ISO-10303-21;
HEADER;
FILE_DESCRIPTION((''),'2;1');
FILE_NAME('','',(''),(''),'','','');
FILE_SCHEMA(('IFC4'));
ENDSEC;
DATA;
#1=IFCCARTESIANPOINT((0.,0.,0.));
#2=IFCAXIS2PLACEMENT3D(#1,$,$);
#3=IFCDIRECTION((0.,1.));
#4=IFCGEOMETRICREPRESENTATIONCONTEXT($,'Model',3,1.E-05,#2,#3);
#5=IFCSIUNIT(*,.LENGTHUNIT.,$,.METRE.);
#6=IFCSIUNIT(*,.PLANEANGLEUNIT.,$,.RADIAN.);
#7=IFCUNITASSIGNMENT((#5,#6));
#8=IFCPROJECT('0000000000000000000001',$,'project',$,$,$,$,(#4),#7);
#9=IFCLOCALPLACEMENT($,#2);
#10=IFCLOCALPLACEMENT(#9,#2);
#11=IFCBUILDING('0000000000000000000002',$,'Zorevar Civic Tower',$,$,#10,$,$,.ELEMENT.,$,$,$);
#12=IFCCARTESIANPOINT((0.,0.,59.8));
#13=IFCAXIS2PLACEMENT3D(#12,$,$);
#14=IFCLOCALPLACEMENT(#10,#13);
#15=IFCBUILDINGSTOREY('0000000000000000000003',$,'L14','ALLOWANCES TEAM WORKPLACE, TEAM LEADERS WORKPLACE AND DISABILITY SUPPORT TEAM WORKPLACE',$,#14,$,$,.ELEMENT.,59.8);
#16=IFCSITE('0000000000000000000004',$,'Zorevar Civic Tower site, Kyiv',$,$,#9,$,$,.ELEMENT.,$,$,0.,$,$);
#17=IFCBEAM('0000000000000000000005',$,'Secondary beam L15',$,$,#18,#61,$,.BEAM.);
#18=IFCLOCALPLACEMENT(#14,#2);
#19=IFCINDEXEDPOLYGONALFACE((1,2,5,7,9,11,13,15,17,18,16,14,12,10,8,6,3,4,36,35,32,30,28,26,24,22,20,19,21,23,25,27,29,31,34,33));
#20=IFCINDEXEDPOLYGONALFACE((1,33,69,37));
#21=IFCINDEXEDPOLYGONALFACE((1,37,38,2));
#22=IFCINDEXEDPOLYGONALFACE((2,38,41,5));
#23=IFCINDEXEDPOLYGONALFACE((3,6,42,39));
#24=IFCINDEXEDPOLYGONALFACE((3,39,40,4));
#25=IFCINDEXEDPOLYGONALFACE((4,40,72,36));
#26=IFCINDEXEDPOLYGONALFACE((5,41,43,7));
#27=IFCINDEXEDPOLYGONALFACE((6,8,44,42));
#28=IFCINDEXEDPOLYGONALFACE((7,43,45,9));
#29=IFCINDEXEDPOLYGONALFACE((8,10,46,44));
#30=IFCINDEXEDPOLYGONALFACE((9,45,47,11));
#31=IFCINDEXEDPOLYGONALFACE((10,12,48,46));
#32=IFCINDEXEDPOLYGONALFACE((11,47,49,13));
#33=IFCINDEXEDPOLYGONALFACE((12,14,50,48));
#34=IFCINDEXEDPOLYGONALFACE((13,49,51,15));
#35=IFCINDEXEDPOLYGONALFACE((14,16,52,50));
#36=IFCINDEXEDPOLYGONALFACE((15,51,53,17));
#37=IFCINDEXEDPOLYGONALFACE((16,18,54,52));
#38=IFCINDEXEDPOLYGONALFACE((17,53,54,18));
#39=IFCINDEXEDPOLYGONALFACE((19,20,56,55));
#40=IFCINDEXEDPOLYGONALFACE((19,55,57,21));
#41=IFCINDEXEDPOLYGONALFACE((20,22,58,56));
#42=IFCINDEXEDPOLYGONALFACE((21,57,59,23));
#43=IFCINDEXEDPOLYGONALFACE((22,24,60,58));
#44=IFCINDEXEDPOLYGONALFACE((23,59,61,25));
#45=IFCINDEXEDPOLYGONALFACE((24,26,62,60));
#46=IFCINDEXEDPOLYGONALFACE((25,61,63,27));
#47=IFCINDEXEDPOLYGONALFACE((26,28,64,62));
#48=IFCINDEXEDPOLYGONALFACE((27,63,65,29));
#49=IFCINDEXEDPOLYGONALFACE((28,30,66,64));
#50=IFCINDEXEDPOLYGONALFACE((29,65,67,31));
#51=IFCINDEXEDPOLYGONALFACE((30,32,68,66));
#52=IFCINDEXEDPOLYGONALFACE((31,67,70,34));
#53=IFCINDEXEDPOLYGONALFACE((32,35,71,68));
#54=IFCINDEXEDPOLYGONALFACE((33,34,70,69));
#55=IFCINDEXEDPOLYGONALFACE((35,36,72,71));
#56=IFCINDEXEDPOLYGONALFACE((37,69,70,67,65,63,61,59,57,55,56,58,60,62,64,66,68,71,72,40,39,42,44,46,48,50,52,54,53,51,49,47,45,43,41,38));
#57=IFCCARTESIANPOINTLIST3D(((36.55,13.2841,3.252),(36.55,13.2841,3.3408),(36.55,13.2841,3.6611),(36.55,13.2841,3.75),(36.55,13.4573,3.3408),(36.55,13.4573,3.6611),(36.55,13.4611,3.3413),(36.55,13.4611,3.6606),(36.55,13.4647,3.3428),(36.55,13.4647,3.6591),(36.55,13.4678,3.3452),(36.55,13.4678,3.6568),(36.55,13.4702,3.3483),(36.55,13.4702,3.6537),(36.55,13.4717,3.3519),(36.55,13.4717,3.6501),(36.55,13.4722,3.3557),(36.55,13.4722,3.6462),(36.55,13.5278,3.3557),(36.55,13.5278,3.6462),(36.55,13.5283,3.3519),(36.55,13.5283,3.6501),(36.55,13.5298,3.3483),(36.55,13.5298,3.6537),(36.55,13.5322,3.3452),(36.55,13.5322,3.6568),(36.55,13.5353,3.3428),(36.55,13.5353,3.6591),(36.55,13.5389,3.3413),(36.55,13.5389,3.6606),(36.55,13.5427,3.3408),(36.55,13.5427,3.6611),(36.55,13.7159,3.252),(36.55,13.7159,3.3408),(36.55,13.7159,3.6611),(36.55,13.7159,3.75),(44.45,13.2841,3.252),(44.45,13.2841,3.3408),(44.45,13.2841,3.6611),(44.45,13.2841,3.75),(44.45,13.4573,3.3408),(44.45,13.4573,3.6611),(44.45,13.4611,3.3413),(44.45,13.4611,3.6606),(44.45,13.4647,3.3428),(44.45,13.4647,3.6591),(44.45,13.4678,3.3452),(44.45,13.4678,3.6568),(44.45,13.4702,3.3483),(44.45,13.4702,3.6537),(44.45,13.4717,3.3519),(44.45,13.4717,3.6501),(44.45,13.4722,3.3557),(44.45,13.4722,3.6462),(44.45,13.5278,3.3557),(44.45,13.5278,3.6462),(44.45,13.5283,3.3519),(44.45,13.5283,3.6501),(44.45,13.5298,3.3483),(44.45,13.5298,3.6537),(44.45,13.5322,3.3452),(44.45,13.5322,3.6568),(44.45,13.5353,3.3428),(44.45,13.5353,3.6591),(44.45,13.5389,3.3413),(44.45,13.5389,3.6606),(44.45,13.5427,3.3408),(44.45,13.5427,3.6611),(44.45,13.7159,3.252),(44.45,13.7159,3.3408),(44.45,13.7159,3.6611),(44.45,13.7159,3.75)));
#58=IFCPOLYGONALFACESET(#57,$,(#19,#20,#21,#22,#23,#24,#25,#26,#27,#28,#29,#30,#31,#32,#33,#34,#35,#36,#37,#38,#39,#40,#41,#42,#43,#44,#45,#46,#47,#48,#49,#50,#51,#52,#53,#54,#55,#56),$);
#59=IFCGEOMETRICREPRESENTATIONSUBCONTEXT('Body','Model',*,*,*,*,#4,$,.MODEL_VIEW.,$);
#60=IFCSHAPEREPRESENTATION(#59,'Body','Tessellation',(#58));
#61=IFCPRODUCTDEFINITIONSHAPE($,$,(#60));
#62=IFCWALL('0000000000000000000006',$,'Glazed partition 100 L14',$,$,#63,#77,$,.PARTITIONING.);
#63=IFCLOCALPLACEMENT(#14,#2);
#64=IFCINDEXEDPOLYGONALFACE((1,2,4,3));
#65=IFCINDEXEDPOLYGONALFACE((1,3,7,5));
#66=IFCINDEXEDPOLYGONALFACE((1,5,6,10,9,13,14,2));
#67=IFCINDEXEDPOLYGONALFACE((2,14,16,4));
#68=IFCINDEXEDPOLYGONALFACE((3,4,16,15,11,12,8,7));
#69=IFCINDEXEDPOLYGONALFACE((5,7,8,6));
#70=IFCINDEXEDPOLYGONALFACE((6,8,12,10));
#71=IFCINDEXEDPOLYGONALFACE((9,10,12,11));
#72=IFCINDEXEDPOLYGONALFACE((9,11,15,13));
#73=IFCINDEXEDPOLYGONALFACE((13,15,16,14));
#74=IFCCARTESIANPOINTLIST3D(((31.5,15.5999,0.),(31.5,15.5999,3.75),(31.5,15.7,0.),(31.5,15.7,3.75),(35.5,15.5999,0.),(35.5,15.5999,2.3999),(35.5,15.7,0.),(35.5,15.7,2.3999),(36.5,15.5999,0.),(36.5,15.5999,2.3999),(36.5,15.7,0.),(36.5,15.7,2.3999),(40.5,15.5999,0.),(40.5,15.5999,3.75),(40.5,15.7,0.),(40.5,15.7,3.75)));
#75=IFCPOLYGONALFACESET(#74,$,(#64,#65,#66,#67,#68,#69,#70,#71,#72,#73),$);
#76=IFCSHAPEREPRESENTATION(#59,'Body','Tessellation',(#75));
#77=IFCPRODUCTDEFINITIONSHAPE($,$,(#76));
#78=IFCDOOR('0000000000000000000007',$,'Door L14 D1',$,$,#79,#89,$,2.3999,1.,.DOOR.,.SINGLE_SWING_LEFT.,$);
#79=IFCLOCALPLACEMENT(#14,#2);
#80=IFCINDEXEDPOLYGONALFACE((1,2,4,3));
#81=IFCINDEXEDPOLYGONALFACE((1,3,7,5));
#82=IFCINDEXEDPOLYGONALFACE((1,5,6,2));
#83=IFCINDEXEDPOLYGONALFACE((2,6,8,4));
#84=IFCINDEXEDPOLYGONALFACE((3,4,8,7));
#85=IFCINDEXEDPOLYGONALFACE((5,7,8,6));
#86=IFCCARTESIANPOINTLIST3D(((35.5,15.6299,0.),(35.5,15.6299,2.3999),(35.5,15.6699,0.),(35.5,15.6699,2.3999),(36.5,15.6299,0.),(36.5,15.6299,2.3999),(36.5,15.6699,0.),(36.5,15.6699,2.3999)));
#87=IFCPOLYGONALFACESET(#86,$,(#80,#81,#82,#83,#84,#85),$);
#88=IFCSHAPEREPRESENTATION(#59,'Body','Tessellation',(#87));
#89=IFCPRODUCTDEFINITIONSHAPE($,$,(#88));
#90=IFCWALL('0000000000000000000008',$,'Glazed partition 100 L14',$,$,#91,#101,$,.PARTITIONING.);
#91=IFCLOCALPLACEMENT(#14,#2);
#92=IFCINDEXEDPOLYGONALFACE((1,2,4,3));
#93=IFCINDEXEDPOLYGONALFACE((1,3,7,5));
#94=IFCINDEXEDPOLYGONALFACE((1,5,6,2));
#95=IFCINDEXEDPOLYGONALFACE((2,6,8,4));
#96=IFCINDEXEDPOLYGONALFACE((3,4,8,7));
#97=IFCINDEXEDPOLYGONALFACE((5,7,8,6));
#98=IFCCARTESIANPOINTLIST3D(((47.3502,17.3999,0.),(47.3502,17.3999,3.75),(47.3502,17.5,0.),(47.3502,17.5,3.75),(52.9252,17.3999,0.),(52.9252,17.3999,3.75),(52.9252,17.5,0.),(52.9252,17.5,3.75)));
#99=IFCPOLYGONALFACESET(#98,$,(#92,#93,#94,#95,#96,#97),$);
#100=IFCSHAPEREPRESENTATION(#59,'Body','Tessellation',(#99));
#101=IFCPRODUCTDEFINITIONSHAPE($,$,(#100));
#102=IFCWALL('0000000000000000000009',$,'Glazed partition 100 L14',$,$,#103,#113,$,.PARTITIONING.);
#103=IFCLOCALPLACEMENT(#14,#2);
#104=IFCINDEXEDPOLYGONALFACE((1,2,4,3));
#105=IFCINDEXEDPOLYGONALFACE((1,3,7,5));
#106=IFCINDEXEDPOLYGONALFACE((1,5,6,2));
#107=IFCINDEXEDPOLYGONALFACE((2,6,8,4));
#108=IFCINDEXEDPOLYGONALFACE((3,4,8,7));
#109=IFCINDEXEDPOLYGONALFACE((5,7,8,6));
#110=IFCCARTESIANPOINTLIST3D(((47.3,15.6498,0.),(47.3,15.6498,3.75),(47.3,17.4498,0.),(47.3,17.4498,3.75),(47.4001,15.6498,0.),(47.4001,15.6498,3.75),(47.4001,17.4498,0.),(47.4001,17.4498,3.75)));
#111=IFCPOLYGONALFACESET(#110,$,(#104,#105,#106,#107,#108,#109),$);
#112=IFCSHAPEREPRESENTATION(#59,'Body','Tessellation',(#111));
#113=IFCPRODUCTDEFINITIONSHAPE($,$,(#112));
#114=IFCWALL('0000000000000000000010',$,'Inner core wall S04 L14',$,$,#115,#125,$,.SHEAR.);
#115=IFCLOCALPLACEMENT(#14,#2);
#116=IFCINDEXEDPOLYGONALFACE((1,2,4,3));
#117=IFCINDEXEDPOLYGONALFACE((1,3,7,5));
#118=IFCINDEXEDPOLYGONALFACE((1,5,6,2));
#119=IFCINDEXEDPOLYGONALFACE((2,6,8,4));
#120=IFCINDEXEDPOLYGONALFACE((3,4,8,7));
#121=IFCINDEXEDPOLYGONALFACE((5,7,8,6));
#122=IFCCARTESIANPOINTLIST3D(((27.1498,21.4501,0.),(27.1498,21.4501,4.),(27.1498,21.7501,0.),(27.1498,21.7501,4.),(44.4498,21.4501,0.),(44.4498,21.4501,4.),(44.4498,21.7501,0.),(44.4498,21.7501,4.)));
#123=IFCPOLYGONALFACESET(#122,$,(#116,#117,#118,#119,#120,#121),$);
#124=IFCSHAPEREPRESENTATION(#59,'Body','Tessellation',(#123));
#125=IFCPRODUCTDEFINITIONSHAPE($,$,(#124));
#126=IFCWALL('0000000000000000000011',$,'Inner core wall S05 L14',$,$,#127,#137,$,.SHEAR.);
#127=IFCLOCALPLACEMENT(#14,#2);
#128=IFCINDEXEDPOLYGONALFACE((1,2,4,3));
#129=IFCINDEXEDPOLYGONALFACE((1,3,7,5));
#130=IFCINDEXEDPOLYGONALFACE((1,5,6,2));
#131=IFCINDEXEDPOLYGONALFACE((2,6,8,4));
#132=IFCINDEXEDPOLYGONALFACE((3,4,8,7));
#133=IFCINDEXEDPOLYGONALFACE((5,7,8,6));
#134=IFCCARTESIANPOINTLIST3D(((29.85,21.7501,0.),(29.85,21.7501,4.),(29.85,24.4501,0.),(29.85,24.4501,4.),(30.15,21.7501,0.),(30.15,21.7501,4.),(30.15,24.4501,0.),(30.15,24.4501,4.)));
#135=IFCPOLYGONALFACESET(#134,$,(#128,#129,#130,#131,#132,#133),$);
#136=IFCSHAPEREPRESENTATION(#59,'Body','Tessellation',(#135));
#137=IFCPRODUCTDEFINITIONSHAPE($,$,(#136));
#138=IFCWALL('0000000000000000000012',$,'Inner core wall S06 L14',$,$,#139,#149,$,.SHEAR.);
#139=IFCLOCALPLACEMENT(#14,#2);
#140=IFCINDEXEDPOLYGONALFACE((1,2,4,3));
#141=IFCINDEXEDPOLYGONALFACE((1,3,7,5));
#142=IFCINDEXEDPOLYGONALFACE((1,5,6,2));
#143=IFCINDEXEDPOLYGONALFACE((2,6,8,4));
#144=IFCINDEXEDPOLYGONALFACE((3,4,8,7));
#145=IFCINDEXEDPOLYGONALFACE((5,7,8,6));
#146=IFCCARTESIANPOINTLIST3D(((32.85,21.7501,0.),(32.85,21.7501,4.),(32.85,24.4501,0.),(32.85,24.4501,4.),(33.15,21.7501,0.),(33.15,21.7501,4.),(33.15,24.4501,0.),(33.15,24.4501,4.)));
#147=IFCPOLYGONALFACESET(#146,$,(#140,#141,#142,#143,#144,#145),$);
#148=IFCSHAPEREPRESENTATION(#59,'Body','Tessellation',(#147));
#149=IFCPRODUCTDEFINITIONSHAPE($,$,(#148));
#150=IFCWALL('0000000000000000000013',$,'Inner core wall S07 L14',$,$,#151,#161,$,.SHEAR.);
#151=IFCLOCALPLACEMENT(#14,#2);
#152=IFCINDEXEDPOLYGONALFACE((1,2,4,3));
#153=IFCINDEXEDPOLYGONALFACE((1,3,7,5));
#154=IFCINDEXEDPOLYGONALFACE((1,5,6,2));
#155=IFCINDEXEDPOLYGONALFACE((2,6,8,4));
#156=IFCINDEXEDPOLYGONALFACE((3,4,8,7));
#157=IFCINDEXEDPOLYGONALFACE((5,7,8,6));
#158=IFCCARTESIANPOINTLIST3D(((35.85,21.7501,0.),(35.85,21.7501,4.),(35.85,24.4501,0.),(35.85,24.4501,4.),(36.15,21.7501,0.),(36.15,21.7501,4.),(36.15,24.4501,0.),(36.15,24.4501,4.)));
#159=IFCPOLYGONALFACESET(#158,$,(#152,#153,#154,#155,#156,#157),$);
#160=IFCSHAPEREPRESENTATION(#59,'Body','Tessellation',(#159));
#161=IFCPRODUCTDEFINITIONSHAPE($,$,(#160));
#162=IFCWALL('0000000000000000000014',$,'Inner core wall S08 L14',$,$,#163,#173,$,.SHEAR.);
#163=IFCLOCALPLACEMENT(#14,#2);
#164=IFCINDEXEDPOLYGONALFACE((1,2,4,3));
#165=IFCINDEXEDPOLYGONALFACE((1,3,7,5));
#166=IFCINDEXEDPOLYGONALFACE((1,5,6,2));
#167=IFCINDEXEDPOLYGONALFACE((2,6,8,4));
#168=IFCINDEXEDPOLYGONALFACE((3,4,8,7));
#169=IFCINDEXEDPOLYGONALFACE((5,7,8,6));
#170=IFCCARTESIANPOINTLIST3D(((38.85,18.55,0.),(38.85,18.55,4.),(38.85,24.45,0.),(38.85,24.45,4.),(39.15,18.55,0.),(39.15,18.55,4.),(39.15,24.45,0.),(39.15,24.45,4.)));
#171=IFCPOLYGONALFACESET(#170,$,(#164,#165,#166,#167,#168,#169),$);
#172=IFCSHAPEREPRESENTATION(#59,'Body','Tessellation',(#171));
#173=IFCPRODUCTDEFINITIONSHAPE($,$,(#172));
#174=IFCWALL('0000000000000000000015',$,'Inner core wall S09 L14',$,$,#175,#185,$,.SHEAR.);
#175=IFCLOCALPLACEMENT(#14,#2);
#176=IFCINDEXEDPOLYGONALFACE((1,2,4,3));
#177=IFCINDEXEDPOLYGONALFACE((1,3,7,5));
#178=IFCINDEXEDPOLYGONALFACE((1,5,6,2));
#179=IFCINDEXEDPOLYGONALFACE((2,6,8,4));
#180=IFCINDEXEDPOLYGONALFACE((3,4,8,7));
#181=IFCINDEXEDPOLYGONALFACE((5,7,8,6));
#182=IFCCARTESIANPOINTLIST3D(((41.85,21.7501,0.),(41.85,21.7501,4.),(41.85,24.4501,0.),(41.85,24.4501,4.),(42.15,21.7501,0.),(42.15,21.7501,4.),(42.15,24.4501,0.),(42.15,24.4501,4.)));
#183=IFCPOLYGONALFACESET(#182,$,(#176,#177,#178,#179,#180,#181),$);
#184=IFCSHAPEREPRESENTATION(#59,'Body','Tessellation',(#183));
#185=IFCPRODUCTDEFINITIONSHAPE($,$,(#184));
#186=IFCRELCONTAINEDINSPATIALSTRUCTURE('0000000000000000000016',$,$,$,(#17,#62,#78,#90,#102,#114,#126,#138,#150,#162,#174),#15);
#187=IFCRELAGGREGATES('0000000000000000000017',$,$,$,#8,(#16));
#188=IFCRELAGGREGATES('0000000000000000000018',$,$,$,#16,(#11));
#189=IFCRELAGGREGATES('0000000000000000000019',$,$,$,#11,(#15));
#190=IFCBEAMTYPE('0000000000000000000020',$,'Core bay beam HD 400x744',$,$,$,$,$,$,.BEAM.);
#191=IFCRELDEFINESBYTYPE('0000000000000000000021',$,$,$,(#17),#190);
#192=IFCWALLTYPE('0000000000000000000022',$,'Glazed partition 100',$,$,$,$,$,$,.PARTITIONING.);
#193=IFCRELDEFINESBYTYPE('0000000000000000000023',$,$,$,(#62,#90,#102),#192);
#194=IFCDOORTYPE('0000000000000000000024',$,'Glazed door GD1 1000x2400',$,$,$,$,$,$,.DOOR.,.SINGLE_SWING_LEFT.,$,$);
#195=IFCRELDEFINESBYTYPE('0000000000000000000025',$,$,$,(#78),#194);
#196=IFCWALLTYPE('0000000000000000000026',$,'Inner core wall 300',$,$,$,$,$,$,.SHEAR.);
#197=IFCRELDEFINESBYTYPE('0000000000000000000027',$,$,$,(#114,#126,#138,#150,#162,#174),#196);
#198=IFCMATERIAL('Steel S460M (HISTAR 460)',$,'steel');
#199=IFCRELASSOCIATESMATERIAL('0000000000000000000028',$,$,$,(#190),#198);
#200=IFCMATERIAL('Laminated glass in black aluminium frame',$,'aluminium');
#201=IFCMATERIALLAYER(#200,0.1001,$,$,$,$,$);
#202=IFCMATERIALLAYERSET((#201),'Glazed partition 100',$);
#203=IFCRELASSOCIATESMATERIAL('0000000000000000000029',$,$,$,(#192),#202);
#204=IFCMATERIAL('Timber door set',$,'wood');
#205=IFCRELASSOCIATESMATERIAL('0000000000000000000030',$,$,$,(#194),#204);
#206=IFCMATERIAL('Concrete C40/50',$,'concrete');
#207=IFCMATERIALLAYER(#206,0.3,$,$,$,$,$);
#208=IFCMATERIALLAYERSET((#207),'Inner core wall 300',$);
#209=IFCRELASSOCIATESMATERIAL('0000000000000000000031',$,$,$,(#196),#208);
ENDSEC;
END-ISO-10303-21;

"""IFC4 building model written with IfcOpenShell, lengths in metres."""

from ifc_helpers import new_model, si_unit, direction, frame, frame_2d, origin, origin_2d, place, context, subcontext, project, spatial, rectangle, i_section, extrude, material, layer, layer_set, material_profile, profile_set, type_object, element, fill, save


model = new_model("IFC4")

# Units and contexts
model_context = context("Model", 3, precision=1e-05, world=origin(), true_north=direction((0.0, 1.0)))
body_context = subcontext(model_context, "Body", "Model", "MODEL_VIEW")
ifc_project = project(units=[si_unit("LENGTHUNIT", "METRE"), si_unit("PLANEANGLEUNIT", "RADIAN")], contexts=[model_context])

# Site, building, storey
site_placement = place(None, origin())
site = spatial("IfcSite", under=ifc_project, at=site_placement, Name="Zorevar Civic Tower site, Kyiv", CompositionType="ELEMENT", RefElevation=0.0)
building_placement = place(site_placement, origin())
building = spatial("IfcBuilding", under=site, at=building_placement, Name="Zorevar Civic Tower", CompositionType="ELEMENT")
storey_placement = place(building_placement, frame((0.0, 0.0, 59.8)))
storey = spatial("IfcBuildingStorey", under=building, at=storey_placement, Name="L14", Description="ALLOWANCES TEAM WORKPLACE, TEAM LEADERS WORKPLACE AND DISABILITY SUPPORT TEAM WORKPLACE", CompositionType="ELEMENT", Elevation=59.8)

# Beam
ifc_material_1 = material(Name="Steel S460M (HISTAR 460)", Category="steel")
ifc_material_profile_1 = material_profile(ifc_material_1, i_section(OverallWidth=0.4319, OverallDepth=0.498, WebThickness=0.0557, FlangeThickness=0.0889, FilletRadius=0.0149, at=origin_2d()), Name="HD 400x744")
ifc_profile_set_1 = profile_set([ifc_material_profile_1], Name="Steel S460M (HISTAR 460)")
beam_type_1 = type_object("IfcBeamType", Name="Core bay beam HD 400x744", PredefinedType="BEAM", material=ifc_profile_set_1)
for number, where, z_axis, x_axis, name in (
    (1, (36.55, 13.5, 3.501), (1.0, 0.0, 0.0), (0.0, 1.0, 0.0), "Secondary beam L15"),
):
    element("IfcBeam", number, at=place(storey_placement, frame(where, z_axis=z_axis, x_axis=x_axis)), inside=storey, type_object=beam_type_1, Name=name, PredefinedType="BEAM", context=body_context, shape_type="SweptSolid", body=[
        extrude(i_section(OverallWidth=0.4319, OverallDepth=0.498, WebThickness=0.0557, FlangeThickness=0.0889, FilletRadius=0.0149, at=origin_2d()), origin(), (0.0, 0.0, 1.0), 7.8999),
    ])

# Wall, opening, door
ifc_material_2 = material(Name="Laminated glass in black aluminium frame", Category="aluminium")
ifc_layer_1 = layer(ifc_material_2, 0.1001)
ifc_layer_set_1 = layer_set([ifc_layer_1], Name="Glazed partition 100")
wall_type_1 = type_object("IfcWallType", Name="Glazed partition 100", PredefinedType="PARTITIONING", material=ifc_layer_set_1)
wall_1_placement = place(storey_placement, frame((31.5, 15.6499, 0.0), z_axis=(0.0, 0.0, 1.0), x_axis=(1.0, 0.0, 0.0)))
wall_1 = element("IfcWall", 2, at=wall_1_placement, inside=storey, type_object=wall_type_1, Name="Glazed partition 100 L14", PredefinedType="PARTITIONING", context=body_context, shape_type="SweptSolid", body=[
    extrude(rectangle(XDim=9.0, YDim=0.1001, at=frame_2d((4.5, 0.0))), origin(), (0.0, 0.0, 1.0), 3.75),
])
opening_1_placement = place(wall_1_placement, frame((4.0, 0.0, 0.0)))
opening_1 = element("IfcOpeningElement", 3, at=opening_1_placement, cuts=wall_1, PredefinedType="OPENING", context=body_context, shape_type="SweptSolid", body=[
    extrude(rectangle(XDim=1.0, YDim=2.3999, at=frame_2d((0.5, 1.2))), frame((0.0, 0.0601, 0.0), z_axis=(0.0, -1.0, 0.0), x_axis=(1.0, 0.0, 0.0)), (0.0, 0.0, 1.0), 0.1201),
])
ifc_material_3 = material(Name="Timber door set", Category="wood")
door_type_1 = type_object("IfcDoorType", Name="Glazed door GD1 1000x2400", OperationType="SINGLE_SWING_LEFT", PredefinedType="DOOR", material=ifc_material_3)
door_1_placement = place(opening_1_placement, origin())
door_1 = element("IfcDoor", 4, at=door_1_placement, inside=storey, type_object=door_type_1, Name="Door L14 D1", OperationType="SINGLE_SWING_LEFT", OverallHeight=2.3999, OverallWidth=1.0, PredefinedType="DOOR", context=body_context, shape_type="SweptSolid", body=[
    extrude(rectangle(XDim=1.0, YDim=2.3999, at=frame_2d((0.5, 1.2))), frame((0.0, 0.02, 0.0), z_axis=(0.0, -1.0, 0.0), x_axis=(1.0, 0.0, 0.0)), (0.0, 0.0, 1.0), 0.04),
])
fill(opening_1, door_1)

# Walls
wall_2_placement = place(storey_placement, frame((47.3501, 17.45, 0.0), z_axis=(0.0, 0.0, 1.0), x_axis=(1.0, 0.0, 0.0)))
element("IfcWall", 5, at=wall_2_placement, inside=storey, type_object=wall_type_1, Name="Glazed partition 100 L14", PredefinedType="PARTITIONING", context=body_context, shape_type="SweptSolid", body=[
    extrude(rectangle(XDim=5.575, YDim=0.1001, at=frame_2d((2.7876, 0.0))), origin(), (0.0, 0.0, 1.0), 3.75),
])
wall_3_placement = place(storey_placement, frame((47.3501, 15.6499, 0.0), z_axis=(0.0, 0.0, 1.0), x_axis=(0.0, 1.0, 0.0)))
element("IfcWall", 6, at=wall_3_placement, inside=storey, type_object=wall_type_1, Name="Glazed partition 100 L14", PredefinedType="PARTITIONING", context=body_context, shape_type="SweptSolid", body=[
    extrude(rectangle(XDim=1.8, YDim=0.1001, at=frame_2d((0.8999, 0.0))), origin(), (0.0, 0.0, 1.0), 3.75),
])
ifc_material_4 = material(Name="Concrete C40/50", Category="concrete")
ifc_layer_2 = layer(ifc_material_4, 0.3)
ifc_layer_set_2 = layer_set([ifc_layer_2], Name="Inner core wall 300")
wall_type_2 = type_object("IfcWallType", Name="Inner core wall 300", PredefinedType="SHEAR", material=ifc_layer_set_2)
wall_4_placement = place(storey_placement, frame((27.1499, 21.6001, 0.0), z_axis=(0.0, 0.0, 1.0), x_axis=(1.0, 0.0, 0.0)))
element("IfcWall", 7, at=wall_4_placement, inside=storey, type_object=wall_type_2, Name="Inner core wall S04 L14", PredefinedType="SHEAR", context=body_context, shape_type="SweptSolid", body=[
    extrude(rectangle(XDim=17.3, YDim=0.3, at=frame_2d((8.6499, 0.0))), origin(), (0.0, 0.0, 1.0), 4.0),
])
for number, where, z_axis, x_axis, name in (
    (8, (30.0, 21.75, 0.0), (0.0, 0.0, 1.0), (0.0, 1.0, 0.0), "Inner core wall S05 L14"),
    (9, (33.0, 21.75, 0.0), (0.0, 0.0, 1.0), (0.0, 1.0, 0.0), "Inner core wall S06 L14"),
    (10, (36.0, 21.75, 0.0), (0.0, 0.0, 1.0), (0.0, 1.0, 0.0), "Inner core wall S07 L14"),
):
    element("IfcWall", number, at=place(storey_placement, frame(where, z_axis=z_axis, x_axis=x_axis)), inside=storey, type_object=wall_type_2, Name=name, PredefinedType="SHEAR", context=body_context, shape_type="SweptSolid", body=[
        extrude(rectangle(XDim=2.7, YDim=0.3, at=frame_2d((1.3501, 0.0))), origin(), (0.0, 0.0, 1.0), 4.0),
    ])
wall_5_placement = place(storey_placement, frame((39.0, 18.55, 0.0), z_axis=(0.0, 0.0, 1.0), x_axis=(0.0, 1.0, 0.0)))
element("IfcWall", 11, at=wall_5_placement, inside=storey, type_object=wall_type_2, Name="Inner core wall S08 L14", PredefinedType="SHEAR", context=body_context, shape_type="SweptSolid", body=[
    extrude(rectangle(XDim=5.8999, YDim=0.3, at=frame_2d((2.95, 0.0))), origin(), (0.0, 0.0, 1.0), 4.0),
])
wall_6_placement = place(storey_placement, frame((42.0, 21.75, 0.0), z_axis=(0.0, 0.0, 1.0), x_axis=(0.0, 1.0, 0.0)))
element("IfcWall", 12, at=wall_6_placement, inside=storey, type_object=wall_type_2, Name="Inner core wall S09 L14", PredefinedType="SHEAR", context=body_context, shape_type="SweptSolid", body=[
    extrude(rectangle(XDim=2.7, YDim=0.3, at=frame_2d((1.3501, 0.0))), origin(), (0.0, 0.0, 1.0), 4.0),
])

save(model, "model.ifc")
